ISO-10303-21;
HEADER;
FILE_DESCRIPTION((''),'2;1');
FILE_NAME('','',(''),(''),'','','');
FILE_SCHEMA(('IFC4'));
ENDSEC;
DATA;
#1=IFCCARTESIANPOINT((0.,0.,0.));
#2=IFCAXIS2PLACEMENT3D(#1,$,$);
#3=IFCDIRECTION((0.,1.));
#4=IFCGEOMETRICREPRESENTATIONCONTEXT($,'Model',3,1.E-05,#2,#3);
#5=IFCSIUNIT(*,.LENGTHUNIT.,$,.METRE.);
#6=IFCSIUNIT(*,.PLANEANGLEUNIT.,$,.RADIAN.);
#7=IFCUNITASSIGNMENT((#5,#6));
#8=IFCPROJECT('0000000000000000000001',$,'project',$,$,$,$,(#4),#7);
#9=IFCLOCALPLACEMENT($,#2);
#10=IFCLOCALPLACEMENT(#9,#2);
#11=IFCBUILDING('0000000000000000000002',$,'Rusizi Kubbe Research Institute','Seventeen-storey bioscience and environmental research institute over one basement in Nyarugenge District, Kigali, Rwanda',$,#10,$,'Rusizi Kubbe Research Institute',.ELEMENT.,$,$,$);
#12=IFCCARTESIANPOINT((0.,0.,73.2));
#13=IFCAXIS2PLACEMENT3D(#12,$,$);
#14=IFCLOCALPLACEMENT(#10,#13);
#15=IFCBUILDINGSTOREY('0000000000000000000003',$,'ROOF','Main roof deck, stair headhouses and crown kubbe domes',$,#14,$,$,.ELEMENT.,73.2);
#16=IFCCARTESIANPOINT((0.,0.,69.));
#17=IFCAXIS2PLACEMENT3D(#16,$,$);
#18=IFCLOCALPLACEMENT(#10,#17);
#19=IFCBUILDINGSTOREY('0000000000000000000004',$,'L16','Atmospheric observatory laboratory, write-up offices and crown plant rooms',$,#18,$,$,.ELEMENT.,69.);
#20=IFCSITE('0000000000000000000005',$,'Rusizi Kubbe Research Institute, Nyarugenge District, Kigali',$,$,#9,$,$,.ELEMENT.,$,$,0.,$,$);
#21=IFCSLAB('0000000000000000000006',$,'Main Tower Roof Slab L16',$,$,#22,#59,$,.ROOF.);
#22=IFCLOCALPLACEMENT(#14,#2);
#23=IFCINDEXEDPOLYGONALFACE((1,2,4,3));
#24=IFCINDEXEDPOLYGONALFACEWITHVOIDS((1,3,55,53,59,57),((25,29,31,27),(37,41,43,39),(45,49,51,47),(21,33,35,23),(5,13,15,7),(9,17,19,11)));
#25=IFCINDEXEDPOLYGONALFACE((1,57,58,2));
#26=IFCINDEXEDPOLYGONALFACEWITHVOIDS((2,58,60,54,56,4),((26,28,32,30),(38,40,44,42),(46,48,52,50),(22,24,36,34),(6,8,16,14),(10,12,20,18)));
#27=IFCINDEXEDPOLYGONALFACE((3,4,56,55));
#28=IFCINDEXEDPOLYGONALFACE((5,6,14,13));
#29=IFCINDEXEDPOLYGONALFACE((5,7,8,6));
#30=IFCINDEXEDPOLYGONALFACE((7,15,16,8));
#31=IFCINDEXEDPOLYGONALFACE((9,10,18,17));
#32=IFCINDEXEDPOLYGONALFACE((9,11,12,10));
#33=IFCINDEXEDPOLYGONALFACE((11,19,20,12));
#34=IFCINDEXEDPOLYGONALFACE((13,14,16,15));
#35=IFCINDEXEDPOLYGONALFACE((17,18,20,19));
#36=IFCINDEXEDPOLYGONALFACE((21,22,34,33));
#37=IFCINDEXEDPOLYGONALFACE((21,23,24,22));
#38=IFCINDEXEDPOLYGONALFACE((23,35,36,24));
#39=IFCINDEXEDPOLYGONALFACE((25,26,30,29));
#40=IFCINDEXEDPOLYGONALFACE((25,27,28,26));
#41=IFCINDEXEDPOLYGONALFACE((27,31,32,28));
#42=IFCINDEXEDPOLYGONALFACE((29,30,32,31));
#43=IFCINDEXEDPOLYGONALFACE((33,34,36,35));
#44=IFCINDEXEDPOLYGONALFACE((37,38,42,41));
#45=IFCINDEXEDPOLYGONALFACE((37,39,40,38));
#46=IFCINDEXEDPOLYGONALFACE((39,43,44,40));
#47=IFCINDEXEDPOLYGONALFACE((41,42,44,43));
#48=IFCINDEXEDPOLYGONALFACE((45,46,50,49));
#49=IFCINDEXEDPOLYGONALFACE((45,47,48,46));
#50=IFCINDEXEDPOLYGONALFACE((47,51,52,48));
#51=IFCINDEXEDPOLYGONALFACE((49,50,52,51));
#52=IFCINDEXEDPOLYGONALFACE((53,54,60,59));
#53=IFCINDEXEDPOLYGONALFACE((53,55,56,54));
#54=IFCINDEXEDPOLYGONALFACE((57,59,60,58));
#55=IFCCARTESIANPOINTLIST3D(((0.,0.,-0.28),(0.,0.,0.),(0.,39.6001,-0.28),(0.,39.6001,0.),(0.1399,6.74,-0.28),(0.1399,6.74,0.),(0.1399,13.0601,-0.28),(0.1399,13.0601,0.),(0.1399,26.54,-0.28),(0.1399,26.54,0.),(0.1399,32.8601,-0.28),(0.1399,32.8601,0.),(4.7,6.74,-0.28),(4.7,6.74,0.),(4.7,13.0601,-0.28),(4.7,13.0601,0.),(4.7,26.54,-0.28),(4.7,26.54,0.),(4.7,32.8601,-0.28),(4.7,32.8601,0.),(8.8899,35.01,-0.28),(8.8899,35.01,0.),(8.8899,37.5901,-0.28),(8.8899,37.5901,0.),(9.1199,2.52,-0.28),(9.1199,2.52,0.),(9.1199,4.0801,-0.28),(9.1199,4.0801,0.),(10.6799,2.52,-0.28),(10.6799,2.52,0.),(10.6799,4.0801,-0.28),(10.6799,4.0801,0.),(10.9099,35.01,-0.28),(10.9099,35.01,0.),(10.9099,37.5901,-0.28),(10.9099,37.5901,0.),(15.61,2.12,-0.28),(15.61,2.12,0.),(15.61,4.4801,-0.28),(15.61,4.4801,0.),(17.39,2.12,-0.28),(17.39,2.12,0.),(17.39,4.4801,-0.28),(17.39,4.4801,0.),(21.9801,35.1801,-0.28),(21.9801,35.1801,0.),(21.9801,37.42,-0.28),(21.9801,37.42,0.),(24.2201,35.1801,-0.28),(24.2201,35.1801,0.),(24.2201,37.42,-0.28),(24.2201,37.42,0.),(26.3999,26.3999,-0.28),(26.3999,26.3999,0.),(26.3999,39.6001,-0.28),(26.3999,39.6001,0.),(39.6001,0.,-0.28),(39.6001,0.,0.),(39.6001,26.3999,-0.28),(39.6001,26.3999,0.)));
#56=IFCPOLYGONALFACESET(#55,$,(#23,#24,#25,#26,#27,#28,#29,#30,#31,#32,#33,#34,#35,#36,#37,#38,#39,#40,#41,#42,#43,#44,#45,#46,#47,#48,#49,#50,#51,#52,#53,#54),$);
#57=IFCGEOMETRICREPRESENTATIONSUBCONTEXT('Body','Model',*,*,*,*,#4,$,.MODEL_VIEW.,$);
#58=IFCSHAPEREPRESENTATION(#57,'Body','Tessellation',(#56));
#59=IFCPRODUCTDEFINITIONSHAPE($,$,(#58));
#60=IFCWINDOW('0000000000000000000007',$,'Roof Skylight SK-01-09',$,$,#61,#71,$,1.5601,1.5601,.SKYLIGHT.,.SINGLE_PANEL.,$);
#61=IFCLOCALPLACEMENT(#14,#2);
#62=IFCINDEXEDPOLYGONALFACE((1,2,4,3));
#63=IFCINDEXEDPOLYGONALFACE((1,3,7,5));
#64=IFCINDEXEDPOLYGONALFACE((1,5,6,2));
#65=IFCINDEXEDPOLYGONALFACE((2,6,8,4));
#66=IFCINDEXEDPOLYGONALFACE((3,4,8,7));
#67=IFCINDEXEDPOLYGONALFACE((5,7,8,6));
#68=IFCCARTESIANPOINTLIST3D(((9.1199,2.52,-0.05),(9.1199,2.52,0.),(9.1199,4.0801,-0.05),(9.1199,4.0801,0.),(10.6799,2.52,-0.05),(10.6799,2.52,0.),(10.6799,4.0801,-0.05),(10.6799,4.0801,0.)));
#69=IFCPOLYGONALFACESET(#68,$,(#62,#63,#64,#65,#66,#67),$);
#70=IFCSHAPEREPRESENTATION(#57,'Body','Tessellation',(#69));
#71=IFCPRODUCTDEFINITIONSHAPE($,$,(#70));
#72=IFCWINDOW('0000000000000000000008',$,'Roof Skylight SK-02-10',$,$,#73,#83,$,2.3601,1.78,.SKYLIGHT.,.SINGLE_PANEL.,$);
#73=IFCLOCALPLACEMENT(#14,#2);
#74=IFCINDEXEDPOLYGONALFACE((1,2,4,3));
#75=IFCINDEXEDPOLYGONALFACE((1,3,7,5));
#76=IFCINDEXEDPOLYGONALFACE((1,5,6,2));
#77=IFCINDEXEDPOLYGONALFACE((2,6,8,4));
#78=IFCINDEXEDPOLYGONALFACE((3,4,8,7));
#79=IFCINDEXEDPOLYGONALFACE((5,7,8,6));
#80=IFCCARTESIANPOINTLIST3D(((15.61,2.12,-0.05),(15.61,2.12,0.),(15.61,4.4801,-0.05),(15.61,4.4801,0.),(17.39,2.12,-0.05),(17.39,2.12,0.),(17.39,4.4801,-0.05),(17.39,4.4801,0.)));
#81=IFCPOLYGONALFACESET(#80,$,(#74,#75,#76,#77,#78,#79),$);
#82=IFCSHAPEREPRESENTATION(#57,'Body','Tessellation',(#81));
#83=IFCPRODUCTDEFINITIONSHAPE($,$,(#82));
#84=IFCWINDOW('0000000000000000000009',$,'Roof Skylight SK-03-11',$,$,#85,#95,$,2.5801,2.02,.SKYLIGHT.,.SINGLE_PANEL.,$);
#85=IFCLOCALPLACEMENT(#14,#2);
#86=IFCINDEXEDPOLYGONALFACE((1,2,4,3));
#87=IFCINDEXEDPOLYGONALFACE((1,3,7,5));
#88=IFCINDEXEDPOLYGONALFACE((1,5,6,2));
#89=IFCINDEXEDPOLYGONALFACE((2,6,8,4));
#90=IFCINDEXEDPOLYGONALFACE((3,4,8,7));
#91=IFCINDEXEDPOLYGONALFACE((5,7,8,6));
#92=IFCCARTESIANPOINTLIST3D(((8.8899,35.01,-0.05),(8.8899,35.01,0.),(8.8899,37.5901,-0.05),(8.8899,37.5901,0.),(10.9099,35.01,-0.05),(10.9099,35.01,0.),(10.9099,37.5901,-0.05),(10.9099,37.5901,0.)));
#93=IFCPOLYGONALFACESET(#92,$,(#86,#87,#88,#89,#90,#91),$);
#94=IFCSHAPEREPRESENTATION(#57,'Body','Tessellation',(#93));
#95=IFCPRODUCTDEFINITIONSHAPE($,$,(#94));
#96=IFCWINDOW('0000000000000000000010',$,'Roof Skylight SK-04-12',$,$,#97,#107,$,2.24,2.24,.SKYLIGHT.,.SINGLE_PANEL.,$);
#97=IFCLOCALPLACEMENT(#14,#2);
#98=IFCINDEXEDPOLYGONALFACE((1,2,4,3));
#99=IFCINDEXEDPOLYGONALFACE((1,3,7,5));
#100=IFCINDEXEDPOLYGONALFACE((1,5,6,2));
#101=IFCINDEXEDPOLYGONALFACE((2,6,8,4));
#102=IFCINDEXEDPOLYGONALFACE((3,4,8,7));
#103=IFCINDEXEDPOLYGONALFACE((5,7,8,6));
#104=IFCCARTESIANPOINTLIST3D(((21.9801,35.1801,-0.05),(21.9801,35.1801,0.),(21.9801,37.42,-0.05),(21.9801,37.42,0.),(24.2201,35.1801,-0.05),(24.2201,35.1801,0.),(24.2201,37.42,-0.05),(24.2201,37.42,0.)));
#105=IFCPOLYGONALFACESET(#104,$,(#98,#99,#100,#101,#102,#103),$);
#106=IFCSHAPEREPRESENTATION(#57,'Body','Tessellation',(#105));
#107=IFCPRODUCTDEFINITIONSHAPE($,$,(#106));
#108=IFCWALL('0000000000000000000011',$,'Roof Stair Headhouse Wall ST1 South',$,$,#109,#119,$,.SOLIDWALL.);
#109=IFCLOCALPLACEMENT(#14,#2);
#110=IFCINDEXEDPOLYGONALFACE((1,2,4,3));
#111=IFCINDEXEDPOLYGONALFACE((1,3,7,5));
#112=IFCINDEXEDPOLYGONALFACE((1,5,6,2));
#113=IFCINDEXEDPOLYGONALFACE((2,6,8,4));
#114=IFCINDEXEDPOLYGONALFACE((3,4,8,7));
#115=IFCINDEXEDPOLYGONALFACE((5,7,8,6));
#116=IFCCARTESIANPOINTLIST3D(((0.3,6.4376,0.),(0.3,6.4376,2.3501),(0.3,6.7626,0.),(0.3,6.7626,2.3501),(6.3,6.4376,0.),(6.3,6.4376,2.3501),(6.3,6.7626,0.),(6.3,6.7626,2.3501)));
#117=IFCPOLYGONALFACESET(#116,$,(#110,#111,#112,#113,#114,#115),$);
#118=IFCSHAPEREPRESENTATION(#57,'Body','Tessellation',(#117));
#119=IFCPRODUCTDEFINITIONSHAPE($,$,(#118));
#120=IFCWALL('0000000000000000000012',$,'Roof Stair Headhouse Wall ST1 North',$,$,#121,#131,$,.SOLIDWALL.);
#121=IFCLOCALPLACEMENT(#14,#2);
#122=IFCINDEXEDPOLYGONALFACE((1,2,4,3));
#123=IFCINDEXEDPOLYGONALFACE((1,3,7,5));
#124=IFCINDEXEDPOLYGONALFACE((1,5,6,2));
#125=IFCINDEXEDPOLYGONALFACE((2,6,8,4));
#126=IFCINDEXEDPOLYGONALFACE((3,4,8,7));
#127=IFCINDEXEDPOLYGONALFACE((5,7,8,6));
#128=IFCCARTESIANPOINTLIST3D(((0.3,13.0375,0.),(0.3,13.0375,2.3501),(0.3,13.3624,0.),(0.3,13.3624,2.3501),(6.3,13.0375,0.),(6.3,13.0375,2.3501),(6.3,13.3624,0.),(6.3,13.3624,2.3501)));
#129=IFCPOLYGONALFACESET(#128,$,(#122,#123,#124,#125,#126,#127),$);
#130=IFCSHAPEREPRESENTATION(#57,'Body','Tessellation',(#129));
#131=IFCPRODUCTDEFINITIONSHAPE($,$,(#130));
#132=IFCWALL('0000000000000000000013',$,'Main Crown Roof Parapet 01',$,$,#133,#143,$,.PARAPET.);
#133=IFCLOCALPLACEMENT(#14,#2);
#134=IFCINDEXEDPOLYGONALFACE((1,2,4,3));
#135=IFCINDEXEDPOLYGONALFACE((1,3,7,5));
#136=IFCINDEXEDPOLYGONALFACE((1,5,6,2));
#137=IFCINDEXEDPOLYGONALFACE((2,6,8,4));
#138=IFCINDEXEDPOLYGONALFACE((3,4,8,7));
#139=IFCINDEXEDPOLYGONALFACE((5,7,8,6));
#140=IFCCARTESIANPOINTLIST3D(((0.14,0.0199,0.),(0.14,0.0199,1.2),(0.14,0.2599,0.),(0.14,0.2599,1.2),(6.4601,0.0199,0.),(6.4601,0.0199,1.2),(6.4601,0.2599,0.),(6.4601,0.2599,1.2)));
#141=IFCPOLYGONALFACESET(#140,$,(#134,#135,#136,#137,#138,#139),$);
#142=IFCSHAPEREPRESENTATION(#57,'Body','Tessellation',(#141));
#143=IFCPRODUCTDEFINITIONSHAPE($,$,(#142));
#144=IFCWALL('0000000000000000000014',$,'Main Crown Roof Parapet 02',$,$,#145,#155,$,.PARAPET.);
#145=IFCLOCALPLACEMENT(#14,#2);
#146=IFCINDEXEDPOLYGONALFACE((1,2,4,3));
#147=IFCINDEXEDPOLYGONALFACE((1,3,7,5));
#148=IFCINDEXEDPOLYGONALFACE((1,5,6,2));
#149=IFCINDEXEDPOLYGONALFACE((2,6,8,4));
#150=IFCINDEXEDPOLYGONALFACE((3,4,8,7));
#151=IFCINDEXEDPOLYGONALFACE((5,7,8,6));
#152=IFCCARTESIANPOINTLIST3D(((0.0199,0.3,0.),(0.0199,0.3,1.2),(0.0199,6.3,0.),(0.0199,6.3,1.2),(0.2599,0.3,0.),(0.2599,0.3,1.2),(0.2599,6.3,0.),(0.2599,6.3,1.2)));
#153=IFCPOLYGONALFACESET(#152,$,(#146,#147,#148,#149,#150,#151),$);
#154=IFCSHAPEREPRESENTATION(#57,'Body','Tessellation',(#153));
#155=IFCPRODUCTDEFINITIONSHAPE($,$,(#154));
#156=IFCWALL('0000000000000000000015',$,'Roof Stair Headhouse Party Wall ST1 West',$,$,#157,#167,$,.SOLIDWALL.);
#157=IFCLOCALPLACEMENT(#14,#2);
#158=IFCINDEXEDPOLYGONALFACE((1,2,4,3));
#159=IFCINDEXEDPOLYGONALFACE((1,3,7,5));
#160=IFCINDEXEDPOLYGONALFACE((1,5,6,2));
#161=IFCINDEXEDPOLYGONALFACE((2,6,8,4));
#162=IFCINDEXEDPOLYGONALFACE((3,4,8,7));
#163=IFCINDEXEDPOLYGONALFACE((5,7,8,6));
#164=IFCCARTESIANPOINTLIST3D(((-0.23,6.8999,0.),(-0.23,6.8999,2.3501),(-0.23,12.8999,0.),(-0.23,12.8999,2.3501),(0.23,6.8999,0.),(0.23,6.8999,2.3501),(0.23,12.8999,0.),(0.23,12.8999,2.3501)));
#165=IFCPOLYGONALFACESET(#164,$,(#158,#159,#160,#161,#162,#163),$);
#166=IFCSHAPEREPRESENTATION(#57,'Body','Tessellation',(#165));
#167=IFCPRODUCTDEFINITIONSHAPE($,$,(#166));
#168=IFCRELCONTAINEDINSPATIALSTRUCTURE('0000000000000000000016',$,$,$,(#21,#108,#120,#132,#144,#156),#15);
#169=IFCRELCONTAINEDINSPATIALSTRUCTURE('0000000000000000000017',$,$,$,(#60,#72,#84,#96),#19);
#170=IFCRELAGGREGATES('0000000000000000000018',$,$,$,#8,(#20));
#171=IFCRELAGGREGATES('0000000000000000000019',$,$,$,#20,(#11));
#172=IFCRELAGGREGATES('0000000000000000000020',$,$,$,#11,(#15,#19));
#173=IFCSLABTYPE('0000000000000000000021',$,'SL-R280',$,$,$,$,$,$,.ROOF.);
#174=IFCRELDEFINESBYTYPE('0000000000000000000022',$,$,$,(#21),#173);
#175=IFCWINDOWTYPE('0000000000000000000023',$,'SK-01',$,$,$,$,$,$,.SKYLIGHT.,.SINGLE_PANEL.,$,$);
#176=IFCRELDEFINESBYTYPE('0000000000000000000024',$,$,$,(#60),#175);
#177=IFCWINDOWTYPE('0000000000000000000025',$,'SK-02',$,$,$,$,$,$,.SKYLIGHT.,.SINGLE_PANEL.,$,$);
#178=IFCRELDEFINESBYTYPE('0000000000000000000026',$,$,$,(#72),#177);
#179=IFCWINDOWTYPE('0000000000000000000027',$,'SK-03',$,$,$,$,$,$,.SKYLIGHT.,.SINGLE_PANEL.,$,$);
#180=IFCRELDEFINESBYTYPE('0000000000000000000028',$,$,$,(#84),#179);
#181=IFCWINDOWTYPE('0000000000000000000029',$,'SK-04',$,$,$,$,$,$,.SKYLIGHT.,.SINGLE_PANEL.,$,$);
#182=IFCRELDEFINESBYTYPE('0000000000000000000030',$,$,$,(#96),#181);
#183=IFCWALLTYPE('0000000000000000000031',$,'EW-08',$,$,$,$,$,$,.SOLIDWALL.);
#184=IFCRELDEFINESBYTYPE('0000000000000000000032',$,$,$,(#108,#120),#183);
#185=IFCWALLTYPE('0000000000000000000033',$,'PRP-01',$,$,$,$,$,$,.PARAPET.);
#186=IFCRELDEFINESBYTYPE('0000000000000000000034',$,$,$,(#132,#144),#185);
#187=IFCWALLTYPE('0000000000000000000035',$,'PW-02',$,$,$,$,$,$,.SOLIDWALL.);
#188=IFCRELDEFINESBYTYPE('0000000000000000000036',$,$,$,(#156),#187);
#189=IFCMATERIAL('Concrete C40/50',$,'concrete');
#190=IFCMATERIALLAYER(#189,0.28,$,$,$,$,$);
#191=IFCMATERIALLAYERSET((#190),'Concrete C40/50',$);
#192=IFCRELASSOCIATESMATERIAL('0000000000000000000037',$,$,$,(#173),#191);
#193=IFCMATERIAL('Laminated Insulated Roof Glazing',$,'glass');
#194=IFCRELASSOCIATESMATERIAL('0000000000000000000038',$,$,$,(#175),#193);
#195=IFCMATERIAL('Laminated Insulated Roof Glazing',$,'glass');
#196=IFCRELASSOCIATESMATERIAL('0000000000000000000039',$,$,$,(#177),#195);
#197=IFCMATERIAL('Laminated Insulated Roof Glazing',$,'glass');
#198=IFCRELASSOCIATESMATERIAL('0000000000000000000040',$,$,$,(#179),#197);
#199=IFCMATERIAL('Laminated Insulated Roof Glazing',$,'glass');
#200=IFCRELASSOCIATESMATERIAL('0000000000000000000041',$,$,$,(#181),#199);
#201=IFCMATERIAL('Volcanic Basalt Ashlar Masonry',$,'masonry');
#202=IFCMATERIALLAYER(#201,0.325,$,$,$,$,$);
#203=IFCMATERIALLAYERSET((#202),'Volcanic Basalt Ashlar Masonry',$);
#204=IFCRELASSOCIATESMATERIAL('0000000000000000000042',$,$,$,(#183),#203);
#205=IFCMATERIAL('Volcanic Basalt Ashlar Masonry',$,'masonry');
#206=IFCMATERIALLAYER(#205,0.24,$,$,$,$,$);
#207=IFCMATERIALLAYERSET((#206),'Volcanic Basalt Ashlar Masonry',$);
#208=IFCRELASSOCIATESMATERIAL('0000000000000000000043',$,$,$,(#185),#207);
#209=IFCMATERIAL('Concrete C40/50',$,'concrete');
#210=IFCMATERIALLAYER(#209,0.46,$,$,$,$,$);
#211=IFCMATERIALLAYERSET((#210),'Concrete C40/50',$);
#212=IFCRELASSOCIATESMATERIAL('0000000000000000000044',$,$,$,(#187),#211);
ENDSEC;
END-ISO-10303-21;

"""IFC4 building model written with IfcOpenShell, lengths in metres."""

from ifc_helpers import new_model, si_unit, direction, frame, frame_2d, origin, origin_2d, place, context, subcontext, project, spatial, polyline, rectangle, outline, extrude, material, layer, layer_set, type_object, element, fill, save


model = new_model("IFC4")

# Units and contexts
model_context = context("Model", 3, precision=1e-05, world=origin(), true_north=direction((0.0, 1.0)))
body_context = subcontext(model_context, "Body", "Model", "MODEL_VIEW")
ifc_project = project(units=[si_unit("LENGTHUNIT", "METRE"), si_unit("PLANEANGLEUNIT", "RADIAN")], contexts=[model_context])

# Site, building, storey
site_placement = place(None, origin())
site = spatial("IfcSite", under=ifc_project, at=site_placement, Name="Rusizi Kubbe Research Institute, Nyarugenge District, Kigali", CompositionType="ELEMENT", RefElevation=0.0)
building_placement = place(site_placement, origin())
building = spatial("IfcBuilding", under=site, at=building_placement, Name="Rusizi Kubbe Research Institute", Description="Seventeen-storey bioscience and environmental research institute over one basement in Nyarugenge District, Kigali, Rwanda", LongName="Rusizi Kubbe Research Institute", CompositionType="ELEMENT")
storey_1_placement = place(building_placement, frame((0.0, 0.0, 73.2)))
storey_1 = spatial("IfcBuildingStorey", under=building, at=storey_1_placement, Name="ROOF", Description="Main roof deck, stair headhouses and crown kubbe domes", CompositionType="ELEMENT", Elevation=73.2)

# Slab, openings
ifc_material_1 = material(Name="Concrete C40/50", Category="concrete")
ifc_layer_1 = layer(ifc_material_1, 0.28)
ifc_layer_set_1 = layer_set([ifc_layer_1], Name="Concrete C40/50")
slab_type = type_object("IfcSlabType", Name="SL-R280", PredefinedType="ROOF", material=ifc_layer_set_1)
slab_placement = place(storey_1_placement, frame((0.0, 0.0, -0.28)))
slab = element("IfcSlab", 1, at=slab_placement, inside=storey_1, type_object=slab_type, Name="Main Tower Roof Slab L16", PredefinedType="ROOF", context=body_context, shape_type="SweptSolid", body=[
    extrude(outline(polyline([(0.0, 33.0), (0.0, 39.6001), (6.6001, 39.6001), (13.2, 39.6001), (19.8, 39.6001), (26.3999, 39.6001), (26.3999, 33.0), (26.3999, 26.3999), (33.0, 26.3999), (39.6001, 26.3999), (39.6001, 19.8), (39.6001, 13.2), (39.6001, 6.6001), (39.6001, 0.0), (33.0, 0.0), (26.3999, 0.0), (19.8, 0.0), (13.2, 0.0), (6.6001, 0.0), (0.0, 0.0), (0.0, 6.6001), (0.0, 13.2), (0.0, 19.8), (0.0, 26.3999), (0.0, 33.0)]), holes=[polyline([(4.7, 6.74), (4.7, 13.0601), (0.1399, 13.0601), (0.1399, 6.74), (4.7, 6.74)]), polyline([(4.7, 26.54), (4.7, 32.8601), (0.1399, 32.8601), (0.1399, 26.54), (4.7, 26.54)])]), origin(), (0.0, 0.0, 1.0), 0.28),
])
opening_1_placement = place(slab_placement, frame((9.8999, 3.3, -0.01)))
opening_1 = element("IfcOpeningElement", 2, at=opening_1_placement, cuts=slab, PredefinedType="OPENING", context=body_context, shape_type="SweptSolid", body=[
    extrude(rectangle(XDim=1.5601, YDim=1.5601, at=origin_2d()), origin(), (0.0, 0.0, 1.0), 0.3),
])
opening_2_placement = place(slab_placement, frame((16.5, 3.3, -0.01)))
opening_2 = element("IfcOpeningElement", 3, at=opening_2_placement, cuts=slab, PredefinedType="OPENING", context=body_context, shape_type="SweptSolid", body=[
    extrude(rectangle(XDim=1.78, YDim=2.3601, at=origin_2d()), origin(), (0.0, 0.0, 1.0), 0.3),
])
opening_3_placement = place(slab_placement, frame((9.8999, 36.3, -0.01)))
opening_3 = element("IfcOpeningElement", 4, at=opening_3_placement, cuts=slab, PredefinedType="OPENING", context=body_context, shape_type="SweptSolid", body=[
    extrude(rectangle(XDim=2.02, YDim=2.5801, at=origin_2d()), origin(), (0.0, 0.0, 1.0), 0.3),
])
opening_4_placement = place(slab_placement, frame((23.1001, 36.3, -0.01)))
opening_4 = element("IfcOpeningElement", 5, at=opening_4_placement, cuts=slab, PredefinedType="OPENING", context=body_context, shape_type="SweptSolid", body=[
    extrude(rectangle(XDim=2.24, YDim=2.24, at=origin_2d()), origin(), (0.0, 0.0, 1.0), 0.3),
])

# Shared definitions
storey_2_placement = place(building_placement, frame((0.0, 0.0, 69.0)))
storey_2 = spatial("IfcBuildingStorey", under=building, at=storey_2_placement, Name="L16", Description="Atmospheric observatory laboratory, write-up offices and crown plant rooms", CompositionType="ELEMENT", Elevation=69.0)

# Windows
ifc_material_2 = material(Name="Laminated Insulated Roof Glazing", Category="glass")
window_type_1 = type_object("IfcWindowType", Name="SK-01", PartitioningType="SINGLE_PANEL", PredefinedType="SKYLIGHT", material=ifc_material_2)
window_1_placement = place(slab_placement, frame((9.8999, 3.3, 0.23)))
window_1 = element("IfcWindow", 6, at=window_1_placement, inside=storey_2, type_object=window_type_1, Name="Roof Skylight SK-01-09", OverallHeight=1.5601, OverallWidth=1.5601, PartitioningType="SINGLE_PANEL", PredefinedType="SKYLIGHT", context=body_context, shape_type="SweptSolid", body=[
    extrude(rectangle(XDim=1.5601, YDim=1.5601, at=origin_2d()), origin(), (0.0, 0.0, 1.0), 0.05),
])
fill(opening_1, window_1)
ifc_material_3 = material(Name="Laminated Insulated Roof Glazing", Category="glass")
window_type_2 = type_object("IfcWindowType", Name="SK-02", PartitioningType="SINGLE_PANEL", PredefinedType="SKYLIGHT", material=ifc_material_3)
window_2_placement = place(slab_placement, frame((16.5, 3.3, 0.23)))
window_2 = element("IfcWindow", 7, at=window_2_placement, inside=storey_2, type_object=window_type_2, Name="Roof Skylight SK-02-10", OverallHeight=2.3601, OverallWidth=1.78, PartitioningType="SINGLE_PANEL", PredefinedType="SKYLIGHT", context=body_context, shape_type="SweptSolid", body=[
    extrude(rectangle(XDim=1.78, YDim=2.3601, at=origin_2d()), origin(), (0.0, 0.0, 1.0), 0.05),
])
fill(opening_2, window_2)
ifc_material_4 = material(Name="Laminated Insulated Roof Glazing", Category="glass")
window_type_3 = type_object("IfcWindowType", Name="SK-03", PartitioningType="SINGLE_PANEL", PredefinedType="SKYLIGHT", material=ifc_material_4)
window_3_placement = place(slab_placement, frame((9.8999, 36.3, 0.23)))
window_3 = element("IfcWindow", 8, at=window_3_placement, inside=storey_2, type_object=window_type_3, Name="Roof Skylight SK-03-11", OverallHeight=2.5801, OverallWidth=2.02, PartitioningType="SINGLE_PANEL", PredefinedType="SKYLIGHT", context=body_context, shape_type="SweptSolid", body=[
    extrude(rectangle(XDim=2.02, YDim=2.5801, at=origin_2d()), origin(), (0.0, 0.0, 1.0), 0.05),
])
fill(opening_3, window_3)
ifc_material_5 = material(Name="Laminated Insulated Roof Glazing", Category="glass")
window_type_4 = type_object("IfcWindowType", Name="SK-04", PartitioningType="SINGLE_PANEL", PredefinedType="SKYLIGHT", material=ifc_material_5)
window_4_placement = place(slab_placement, frame((23.1001, 36.3, 0.23)))
window_4 = element("IfcWindow", 9, at=window_4_placement, inside=storey_2, type_object=window_type_4, Name="Roof Skylight SK-04-12", OverallHeight=2.24, OverallWidth=2.24, PartitioningType="SINGLE_PANEL", PredefinedType="SKYLIGHT", context=body_context, shape_type="SweptSolid", body=[
    extrude(rectangle(XDim=2.24, YDim=2.24, at=origin_2d()), origin(), (0.0, 0.0, 1.0), 0.05),
])
fill(opening_4, window_4)

# Walls
ifc_material_6 = material(Name="Volcanic Basalt Ashlar Masonry", Category="masonry")
ifc_layer_2 = layer(ifc_material_6, 0.325)
ifc_layer_set_2 = layer_set([ifc_layer_2], Name="Volcanic Basalt Ashlar Masonry")
wall_type_1 = type_object("IfcWallType", Name="EW-08", PredefinedType="SOLIDWALL", material=ifc_layer_set_2)
for number, where, z_axis, x_axis, name in (
    (10, (0.3, 6.6001, 0.0), (0.0, 0.0, 1.0), (1.0, 0.0, 0.0), "Roof Stair Headhouse Wall ST1 South"),
    (11, (0.3, 13.2, 0.0), (0.0, 0.0, 1.0), (1.0, 0.0, 0.0), "Roof Stair Headhouse Wall ST1 North"),
):
    element("IfcWall", number, at=place(storey_1_placement, frame(where, z_axis=z_axis, x_axis=x_axis)), inside=storey_1, type_object=wall_type_1, Name=name, PredefinedType="SOLIDWALL", context=body_context, shape_type="SweptSolid", body=[
        extrude(rectangle(XDim=6.0, YDim=0.325, at=frame_2d((3.0, 0.0))), origin(), (0.0, 0.0, 1.0), 2.3501),
    ])
ifc_material_7 = material(Name="Volcanic Basalt Ashlar Masonry", Category="masonry")
ifc_layer_3 = layer(ifc_material_7, 0.24)
ifc_layer_set_3 = layer_set([ifc_layer_3], Name="Volcanic Basalt Ashlar Masonry")
wall_type_2 = type_object("IfcWallType", Name="PRP-01", PredefinedType="PARAPET", material=ifc_layer_set_3)
wall_1_placement = place(storey_1_placement, frame((0.1399, 0.1399, 0.0), z_axis=(0.0, 0.0, 1.0), x_axis=(1.0, 0.0, 0.0)))
element("IfcWall", 12, at=wall_1_placement, inside=storey_1, type_object=wall_type_2, Name="Main Crown Roof Parapet 01", PredefinedType="PARAPET", context=body_context, shape_type="SweptSolid", body=[
    extrude(rectangle(XDim=6.3201, YDim=0.24, at=frame_2d((3.1602, 0.0))), origin(), (0.0, 0.0, 1.0), 1.2),
])
wall_2_placement = place(storey_1_placement, frame((0.1399, 0.3, 0.0), z_axis=(0.0, 0.0, 1.0), x_axis=(0.0, 1.0, 0.0)))
element("IfcWall", 13, at=wall_2_placement, inside=storey_1, type_object=wall_type_2, Name="Main Crown Roof Parapet 02", PredefinedType="PARAPET", context=body_context, shape_type="SweptSolid", body=[
    extrude(rectangle(XDim=6.0, YDim=0.24, at=frame_2d((3.0, 0.0))), origin(), (0.0, 0.0, 1.0), 1.2),
])
ifc_material_8 = material(Name="Concrete C40/50", Category="concrete")
ifc_layer_4 = layer(ifc_material_8, 0.46)
ifc_layer_set_4 = layer_set([ifc_layer_4], Name="Concrete C40/50")
wall_type_3 = type_object("IfcWallType", Name="PW-02", PredefinedType="SOLIDWALL", material=ifc_layer_set_4)
wall_3_placement = place(storey_1_placement, frame((0.0, 6.8999, 0.0), z_axis=(0.0, 0.0, 1.0), x_axis=(0.0, 1.0, 0.0)))
element("IfcWall", 14, at=wall_3_placement, inside=storey_1, type_object=wall_type_3, Name="Roof Stair Headhouse Party Wall ST1 West", PredefinedType="SOLIDWALL", context=body_context, shape_type="SweptSolid", body=[
    extrude(rectangle(XDim=6.0, YDim=0.46, at=frame_2d((3.0, 0.0))), origin(), (0.0, 0.0, 1.0), 2.3501),
])

save(model, "model.ifc")
